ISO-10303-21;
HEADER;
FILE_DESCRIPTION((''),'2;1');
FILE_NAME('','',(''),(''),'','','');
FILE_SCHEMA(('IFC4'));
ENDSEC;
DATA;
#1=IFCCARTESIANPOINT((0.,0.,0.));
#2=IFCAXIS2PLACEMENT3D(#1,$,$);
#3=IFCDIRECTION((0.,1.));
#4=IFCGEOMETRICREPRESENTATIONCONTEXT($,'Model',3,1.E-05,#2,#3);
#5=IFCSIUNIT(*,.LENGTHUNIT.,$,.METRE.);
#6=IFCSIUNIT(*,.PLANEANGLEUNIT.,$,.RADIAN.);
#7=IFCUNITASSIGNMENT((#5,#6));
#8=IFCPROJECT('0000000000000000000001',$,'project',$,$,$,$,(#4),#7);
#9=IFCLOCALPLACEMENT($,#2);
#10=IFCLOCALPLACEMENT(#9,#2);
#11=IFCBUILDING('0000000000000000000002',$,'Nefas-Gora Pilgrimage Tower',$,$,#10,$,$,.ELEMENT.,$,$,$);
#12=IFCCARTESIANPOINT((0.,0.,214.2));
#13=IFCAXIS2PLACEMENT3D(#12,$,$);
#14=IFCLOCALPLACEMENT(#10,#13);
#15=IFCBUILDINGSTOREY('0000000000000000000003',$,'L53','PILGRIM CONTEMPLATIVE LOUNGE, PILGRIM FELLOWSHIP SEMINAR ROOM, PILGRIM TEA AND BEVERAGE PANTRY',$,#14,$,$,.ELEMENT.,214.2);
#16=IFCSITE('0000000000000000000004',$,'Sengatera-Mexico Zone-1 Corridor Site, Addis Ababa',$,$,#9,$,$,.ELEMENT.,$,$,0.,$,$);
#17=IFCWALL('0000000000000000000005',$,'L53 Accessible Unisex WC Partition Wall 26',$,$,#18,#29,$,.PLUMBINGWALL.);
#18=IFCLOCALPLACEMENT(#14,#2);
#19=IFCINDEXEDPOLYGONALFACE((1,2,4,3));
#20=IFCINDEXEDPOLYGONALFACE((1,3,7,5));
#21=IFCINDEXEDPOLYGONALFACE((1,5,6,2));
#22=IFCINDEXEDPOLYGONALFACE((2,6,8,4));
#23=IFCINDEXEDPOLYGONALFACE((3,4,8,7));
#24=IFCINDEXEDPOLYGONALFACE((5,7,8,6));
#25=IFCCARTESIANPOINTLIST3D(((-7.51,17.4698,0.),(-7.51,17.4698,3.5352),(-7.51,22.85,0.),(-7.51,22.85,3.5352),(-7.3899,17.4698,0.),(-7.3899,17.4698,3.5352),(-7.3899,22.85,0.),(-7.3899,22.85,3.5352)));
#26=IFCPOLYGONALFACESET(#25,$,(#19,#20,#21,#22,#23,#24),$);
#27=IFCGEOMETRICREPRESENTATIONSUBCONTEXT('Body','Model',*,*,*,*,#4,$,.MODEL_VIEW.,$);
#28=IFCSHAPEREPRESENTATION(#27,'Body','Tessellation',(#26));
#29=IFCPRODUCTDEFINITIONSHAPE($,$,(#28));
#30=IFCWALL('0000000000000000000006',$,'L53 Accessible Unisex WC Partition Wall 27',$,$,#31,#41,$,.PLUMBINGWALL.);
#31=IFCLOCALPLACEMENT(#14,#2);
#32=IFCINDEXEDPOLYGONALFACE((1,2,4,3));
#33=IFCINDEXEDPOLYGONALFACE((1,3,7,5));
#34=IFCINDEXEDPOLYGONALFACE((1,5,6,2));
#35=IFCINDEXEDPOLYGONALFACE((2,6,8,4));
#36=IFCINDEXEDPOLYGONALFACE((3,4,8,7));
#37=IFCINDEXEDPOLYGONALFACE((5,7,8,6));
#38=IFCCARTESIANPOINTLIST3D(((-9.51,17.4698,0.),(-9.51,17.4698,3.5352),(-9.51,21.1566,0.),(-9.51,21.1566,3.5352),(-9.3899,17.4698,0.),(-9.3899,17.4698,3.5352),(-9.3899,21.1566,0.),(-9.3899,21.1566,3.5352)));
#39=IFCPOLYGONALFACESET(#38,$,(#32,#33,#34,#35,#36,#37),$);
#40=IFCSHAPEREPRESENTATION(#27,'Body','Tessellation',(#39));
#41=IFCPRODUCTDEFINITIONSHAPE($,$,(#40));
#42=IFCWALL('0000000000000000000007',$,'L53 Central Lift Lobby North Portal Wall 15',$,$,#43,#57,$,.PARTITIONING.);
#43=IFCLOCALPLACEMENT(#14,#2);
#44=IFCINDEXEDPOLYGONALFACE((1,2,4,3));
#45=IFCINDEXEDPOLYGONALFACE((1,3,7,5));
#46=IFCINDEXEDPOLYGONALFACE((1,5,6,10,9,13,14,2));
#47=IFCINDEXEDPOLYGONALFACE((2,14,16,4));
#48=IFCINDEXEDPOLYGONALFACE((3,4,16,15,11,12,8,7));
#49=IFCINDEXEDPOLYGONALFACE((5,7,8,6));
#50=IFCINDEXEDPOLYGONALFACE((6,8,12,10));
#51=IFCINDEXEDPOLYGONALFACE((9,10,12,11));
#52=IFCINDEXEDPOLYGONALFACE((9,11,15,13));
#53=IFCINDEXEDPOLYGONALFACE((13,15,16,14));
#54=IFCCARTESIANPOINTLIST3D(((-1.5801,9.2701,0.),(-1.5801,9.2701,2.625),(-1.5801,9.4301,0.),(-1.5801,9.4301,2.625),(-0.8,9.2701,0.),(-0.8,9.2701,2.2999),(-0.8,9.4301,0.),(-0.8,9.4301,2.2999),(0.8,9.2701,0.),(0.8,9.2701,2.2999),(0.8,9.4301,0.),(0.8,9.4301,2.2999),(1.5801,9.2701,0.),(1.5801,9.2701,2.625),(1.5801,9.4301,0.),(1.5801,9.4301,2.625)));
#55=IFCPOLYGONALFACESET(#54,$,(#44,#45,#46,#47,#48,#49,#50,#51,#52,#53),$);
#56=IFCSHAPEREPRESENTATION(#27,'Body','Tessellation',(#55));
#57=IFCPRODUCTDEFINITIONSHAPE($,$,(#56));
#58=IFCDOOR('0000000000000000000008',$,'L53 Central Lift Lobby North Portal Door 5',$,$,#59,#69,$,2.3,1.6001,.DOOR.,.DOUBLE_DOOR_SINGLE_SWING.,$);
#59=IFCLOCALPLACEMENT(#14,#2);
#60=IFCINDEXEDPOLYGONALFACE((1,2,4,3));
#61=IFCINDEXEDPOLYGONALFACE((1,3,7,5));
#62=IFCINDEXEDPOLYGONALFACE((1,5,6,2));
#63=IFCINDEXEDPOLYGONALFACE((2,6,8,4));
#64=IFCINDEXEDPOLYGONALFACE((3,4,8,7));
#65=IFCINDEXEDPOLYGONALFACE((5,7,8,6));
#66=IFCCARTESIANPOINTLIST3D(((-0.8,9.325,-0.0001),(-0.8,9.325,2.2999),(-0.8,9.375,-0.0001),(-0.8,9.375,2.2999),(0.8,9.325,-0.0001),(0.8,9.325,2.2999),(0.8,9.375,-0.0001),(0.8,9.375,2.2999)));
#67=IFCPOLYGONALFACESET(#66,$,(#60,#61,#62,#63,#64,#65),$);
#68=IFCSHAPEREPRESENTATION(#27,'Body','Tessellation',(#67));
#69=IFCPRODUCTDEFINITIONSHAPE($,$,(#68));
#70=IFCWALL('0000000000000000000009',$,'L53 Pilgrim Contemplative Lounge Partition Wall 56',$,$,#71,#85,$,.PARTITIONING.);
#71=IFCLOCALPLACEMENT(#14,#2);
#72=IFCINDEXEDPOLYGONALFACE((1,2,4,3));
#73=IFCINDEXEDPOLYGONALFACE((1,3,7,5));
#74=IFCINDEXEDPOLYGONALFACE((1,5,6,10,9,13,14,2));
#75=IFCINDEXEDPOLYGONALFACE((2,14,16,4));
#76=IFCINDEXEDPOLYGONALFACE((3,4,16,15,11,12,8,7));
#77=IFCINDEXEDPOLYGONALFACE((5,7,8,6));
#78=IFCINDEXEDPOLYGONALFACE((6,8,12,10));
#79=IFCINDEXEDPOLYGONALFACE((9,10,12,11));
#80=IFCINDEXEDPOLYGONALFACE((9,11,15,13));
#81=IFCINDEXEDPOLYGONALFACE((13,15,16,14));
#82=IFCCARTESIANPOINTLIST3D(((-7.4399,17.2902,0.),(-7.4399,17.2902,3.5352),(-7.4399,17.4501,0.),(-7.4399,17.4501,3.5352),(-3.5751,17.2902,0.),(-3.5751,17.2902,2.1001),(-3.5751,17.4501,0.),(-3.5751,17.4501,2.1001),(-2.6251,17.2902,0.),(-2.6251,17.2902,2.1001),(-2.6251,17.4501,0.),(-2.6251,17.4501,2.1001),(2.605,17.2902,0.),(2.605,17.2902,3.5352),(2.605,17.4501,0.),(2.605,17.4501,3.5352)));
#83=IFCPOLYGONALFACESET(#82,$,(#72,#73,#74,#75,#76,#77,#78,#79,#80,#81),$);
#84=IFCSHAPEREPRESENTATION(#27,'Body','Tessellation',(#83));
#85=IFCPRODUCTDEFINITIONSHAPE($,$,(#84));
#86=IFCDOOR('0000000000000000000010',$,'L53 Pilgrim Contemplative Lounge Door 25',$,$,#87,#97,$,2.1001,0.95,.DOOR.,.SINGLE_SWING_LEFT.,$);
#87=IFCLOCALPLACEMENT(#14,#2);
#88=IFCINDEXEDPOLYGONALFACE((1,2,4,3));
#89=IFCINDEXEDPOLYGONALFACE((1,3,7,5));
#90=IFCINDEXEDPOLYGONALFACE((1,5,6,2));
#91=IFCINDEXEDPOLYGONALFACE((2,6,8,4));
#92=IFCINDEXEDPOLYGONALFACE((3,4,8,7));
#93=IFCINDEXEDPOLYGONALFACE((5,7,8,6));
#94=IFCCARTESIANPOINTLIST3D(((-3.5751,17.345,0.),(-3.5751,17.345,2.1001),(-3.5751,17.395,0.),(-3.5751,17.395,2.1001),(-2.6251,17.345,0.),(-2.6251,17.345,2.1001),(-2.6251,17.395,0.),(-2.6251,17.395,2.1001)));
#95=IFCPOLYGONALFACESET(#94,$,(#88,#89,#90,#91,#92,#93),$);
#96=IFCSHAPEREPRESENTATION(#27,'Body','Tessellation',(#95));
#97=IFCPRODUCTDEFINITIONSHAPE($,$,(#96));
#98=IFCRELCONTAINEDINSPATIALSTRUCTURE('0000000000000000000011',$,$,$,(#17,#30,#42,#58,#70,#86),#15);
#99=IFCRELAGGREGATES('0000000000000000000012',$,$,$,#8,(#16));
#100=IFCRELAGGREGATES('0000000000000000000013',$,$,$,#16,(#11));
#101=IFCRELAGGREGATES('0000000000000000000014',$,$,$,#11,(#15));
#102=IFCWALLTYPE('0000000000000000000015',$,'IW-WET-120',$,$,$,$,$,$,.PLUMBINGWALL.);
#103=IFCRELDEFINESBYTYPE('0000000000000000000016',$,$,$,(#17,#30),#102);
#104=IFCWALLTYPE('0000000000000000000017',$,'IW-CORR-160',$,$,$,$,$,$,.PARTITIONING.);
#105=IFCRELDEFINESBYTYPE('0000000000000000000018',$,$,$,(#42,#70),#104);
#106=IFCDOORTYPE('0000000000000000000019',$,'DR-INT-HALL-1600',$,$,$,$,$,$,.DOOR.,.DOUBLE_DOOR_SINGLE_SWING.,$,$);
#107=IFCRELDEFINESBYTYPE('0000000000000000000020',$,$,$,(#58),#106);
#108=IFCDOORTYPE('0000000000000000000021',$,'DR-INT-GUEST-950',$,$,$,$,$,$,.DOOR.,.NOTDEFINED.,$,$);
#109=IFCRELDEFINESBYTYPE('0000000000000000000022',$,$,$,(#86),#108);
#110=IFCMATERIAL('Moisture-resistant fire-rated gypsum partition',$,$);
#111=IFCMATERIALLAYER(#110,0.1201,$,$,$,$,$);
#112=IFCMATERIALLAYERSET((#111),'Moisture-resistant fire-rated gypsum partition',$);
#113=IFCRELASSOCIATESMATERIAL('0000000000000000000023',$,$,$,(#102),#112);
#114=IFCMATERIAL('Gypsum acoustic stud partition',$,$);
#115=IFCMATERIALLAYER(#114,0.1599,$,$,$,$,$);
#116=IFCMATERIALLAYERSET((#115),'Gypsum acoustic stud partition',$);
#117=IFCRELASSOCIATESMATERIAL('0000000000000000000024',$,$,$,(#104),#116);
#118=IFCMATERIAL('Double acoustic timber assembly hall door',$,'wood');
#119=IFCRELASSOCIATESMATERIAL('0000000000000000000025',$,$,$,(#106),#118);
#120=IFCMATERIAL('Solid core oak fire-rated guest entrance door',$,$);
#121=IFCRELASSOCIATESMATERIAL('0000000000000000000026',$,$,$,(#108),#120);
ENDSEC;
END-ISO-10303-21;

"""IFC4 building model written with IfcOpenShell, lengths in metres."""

from ifc_helpers import new_model, si_unit, direction, frame, frame_2d, origin, place, context, subcontext, project, spatial, rectangle, extrude, source, transform, mapped, material, layer, layer_set, type_object, element, fill, save


model = new_model("IFC4")

# Units and contexts
model_context = context("Model", 3, precision=1e-05, world=origin(), true_north=direction((0.0, 1.0)))
body_context = subcontext(model_context, "Body", "Model", "MODEL_VIEW")
ifc_project = project(units=[si_unit("LENGTHUNIT", "METRE"), si_unit("PLANEANGLEUNIT", "RADIAN")], contexts=[model_context])

# Site, building, storey
site_placement = place(None, origin())
site = spatial("IfcSite", under=ifc_project, at=site_placement, Name="Sengatera-Mexico Zone-1 Corridor Site, Addis Ababa", CompositionType="ELEMENT", RefElevation=0.0)
building_placement = place(site_placement, origin())
building = spatial("IfcBuilding", under=site, at=building_placement, Name="Nefas-Gora Pilgrimage Tower", CompositionType="ELEMENT")
storey_placement = place(building_placement, frame((0.0, 0.0, 214.2)))
storey = spatial("IfcBuildingStorey", under=building, at=storey_placement, Name="L53", Description="PILGRIM CONTEMPLATIVE LOUNGE, PILGRIM FELLOWSHIP SEMINAR ROOM, PILGRIM TEA AND BEVERAGE PANTRY", CompositionType="ELEMENT", Elevation=214.2)

# Shared definitions
ifc_material_1 = material(Name="Moisture-resistant fire-rated gypsum partition")
ifc_layer_1 = layer(ifc_material_1, 0.1201)
ifc_layer_set_1 = layer_set([ifc_layer_1], Name="Moisture-resistant fire-rated gypsum partition")
wall_type_1 = type_object("IfcWallType", Name="IW-WET-120", PredefinedType="PLUMBINGWALL", material=ifc_layer_set_1)

# Walls
shared_shape_1 = source(origin(), body_context, "Body", "SweptSolid", [
    extrude(rectangle(XDim=5.3801, YDim=0.1201, at=frame_2d((2.6899, 0.0))), origin(), (0.0, 0.0, 1.0), 3.5352),
])
wall_1_placement = place(storey_placement, frame((-7.45, 17.47, 0.0), z_axis=(0.0, 0.0, 1.0), x_axis=(0.0, 1.0, 0.0)))
element("IfcWall", 1, at=wall_1_placement, inside=storey, type_object=wall_type_1, Name="L53 Accessible Unisex WC Partition Wall 26", PredefinedType="PLUMBINGWALL", context=body_context, shape_type="MappedRepresentation", body=[
    mapped(shared_shape_1, transform((0.0, 0.0, 0.0), x_axis=(1.0, 0.0, 0.0), y_axis=(0.0, 1.0, 0.0), z_axis=(0.0, 0.0, 1.0), scale=1.0)),
])
shared_shape_2 = source(origin(), body_context, "Body", "SweptSolid", [
    extrude(rectangle(XDim=3.6868, YDim=0.1201, at=frame_2d((1.8433, 0.0))), origin(), (0.0, 0.0, 1.0), 3.5352),
])
wall_2_placement = place(storey_placement, frame((-9.45, 17.47, 0.0), z_axis=(0.0, 0.0, 1.0), x_axis=(0.0, 1.0, 0.0)))
element("IfcWall", 2, at=wall_2_placement, inside=storey, type_object=wall_type_1, Name="L53 Accessible Unisex WC Partition Wall 27", PredefinedType="PLUMBINGWALL", context=body_context, shape_type="MappedRepresentation", body=[
    mapped(shared_shape_2, transform((0.0, 0.0, 0.0), x_axis=(1.0, 0.0, 0.0), y_axis=(0.0, 1.0, 0.0), z_axis=(0.0, 0.0, 1.0), scale=1.0)),
])

# Walls, openings, doors
ifc_material_2 = material(Name="Gypsum acoustic stud partition")
ifc_layer_2 = layer(ifc_material_2, 0.1599)
ifc_layer_set_2 = layer_set([ifc_layer_2], Name="Gypsum acoustic stud partition")
wall_type_2 = type_object("IfcWallType", Name="IW-CORR-160", PredefinedType="PARTITIONING", material=ifc_layer_set_2)
shared_shape_3 = source(origin(), body_context, "Body", "SweptSolid", [
    extrude(rectangle(XDim=3.1602, YDim=0.1599, at=frame_2d((1.5801, 0.0))), origin(), (0.0, 0.0, 1.0), 2.625),
])
wall_3_placement = place(storey_placement, frame((-1.5801, 9.3501, 0.0), z_axis=(0.0, 0.0, 1.0), x_axis=(1.0, 0.0, 0.0)))
wall_3 = element("IfcWall", 3, at=wall_3_placement, inside=storey, type_object=wall_type_2, Name="L53 Central Lift Lobby North Portal Wall 15", PredefinedType="PARTITIONING", context=body_context, shape_type="MappedRepresentation", body=[
    mapped(shared_shape_3, transform((0.0, 0.0, 0.0), x_axis=(1.0, 0.0, 0.0), y_axis=(0.0, 1.0, 0.0), z_axis=(0.0, 0.0, 1.0), scale=1.0)),
])
opening_1_placement = place(wall_3_placement, frame((0.78, 0.0, 0.0)))
opening_1 = element("IfcOpeningElement", 4, at=opening_1_placement, cuts=wall_3, PredefinedType="OPENING", context=body_context, shape_type="SweptSolid", body=[
    extrude(rectangle(XDim=1.6001, YDim=2.3, at=frame_2d((0.8, 1.1499))), frame((0.0, 0.0898, 0.0), z_axis=(0.0, -1.0, 0.0), x_axis=(1.0, 0.0, 0.0)), (0.0, 0.0, 1.0), 0.1799),
])
ifc_material_3 = material(Name="Double acoustic timber assembly hall door", Category="wood")
door_type_1 = type_object("IfcDoorType", Name="DR-INT-HALL-1600", OperationType="DOUBLE_DOOR_SINGLE_SWING", PredefinedType="DOOR", material=ifc_material_3)
shared_shape_4 = source(origin(), body_context, "Body", "SweptSolid", [
    extrude(rectangle(XDim=1.6001, YDim=2.3, at=frame_2d((0.8, 1.1499))), frame((0.0, 0.0249, 0.0), z_axis=(0.0, -1.0, 0.0), x_axis=(1.0, 0.0, 0.0)), (0.0, 0.0, 1.0), 0.05),
])
door_1_placement = place(opening_1_placement, origin())
door_1 = element("IfcDoor", 5, at=door_1_placement, inside=storey, type_object=door_type_1, Name="L53 Central Lift Lobby North Portal Door 5", OperationType="DOUBLE_DOOR_SINGLE_SWING", OverallHeight=2.3, OverallWidth=1.6001, PredefinedType="DOOR", context=body_context, shape_type="MappedRepresentation", body=[
    mapped(shared_shape_4, transform((0.0, 0.0, 0.0), x_axis=(1.0, 0.0, 0.0), y_axis=(0.0, 1.0, 0.0), z_axis=(0.0, 0.0, 1.0), scale=1.0)),
])
fill(opening_1, door_1)
shared_shape_5 = source(origin(), body_context, "Body", "SweptSolid", [
    extrude(rectangle(XDim=10.0449, YDim=0.1599, at=frame_2d((5.0225, 0.0))), origin(), (0.0, 0.0, 1.0), 3.5352),
])
wall_4_placement = place(storey_placement, frame((-7.4399, 17.3701, 0.0), z_axis=(0.0, 0.0, 1.0), x_axis=(1.0, 0.0, 0.0)))
wall_4 = element("IfcWall", 6, at=wall_4_placement, inside=storey, type_object=wall_type_2, Name="L53 Pilgrim Contemplative Lounge Partition Wall 56", PredefinedType="PARTITIONING", context=body_context, shape_type="MappedRepresentation", body=[
    mapped(shared_shape_5, transform((0.0, 0.0, 0.0), x_axis=(1.0, 0.0, 0.0), y_axis=(0.0, 1.0, 0.0), z_axis=(0.0, 0.0, 1.0), scale=1.0)),
])
opening_2_placement = place(wall_4_placement, frame((3.8647, 0.0, 0.0)))
opening_2 = element("IfcOpeningElement", 7, at=opening_2_placement, cuts=wall_4, PredefinedType="OPENING", context=body_context, shape_type="SweptSolid", body=[
    extrude(rectangle(XDim=0.95, YDim=2.1001, at=frame_2d((0.4751, 1.05))), frame((0.0, 0.0898, 0.0), z_axis=(0.0, -1.0, 0.0), x_axis=(1.0, 0.0, 0.0)), (0.0, 0.0, 1.0), 0.1799),
])
ifc_material_4 = material(Name="Solid core oak fire-rated guest entrance door")
door_type_2 = type_object("IfcDoorType", Name="DR-INT-GUEST-950", OperationType="NOTDEFINED", PredefinedType="DOOR", material=ifc_material_4)
shared_shape_6 = source(origin(), body_context, "Body", "SweptSolid", [
    extrude(rectangle(XDim=0.95, YDim=2.1001, at=frame_2d((0.4751, 1.05))), frame((0.0, 0.0249, 0.0), z_axis=(0.0, -1.0, 0.0), x_axis=(1.0, 0.0, 0.0)), (0.0, 0.0, 1.0), 0.05),
])
door_2_placement = place(opening_2_placement, origin())
door_2 = element("IfcDoor", 8, at=door_2_placement, inside=storey, type_object=door_type_2, Name="L53 Pilgrim Contemplative Lounge Door 25", OperationType="SINGLE_SWING_LEFT", OverallHeight=2.1001, OverallWidth=0.95, PredefinedType="DOOR", context=body_context, shape_type="MappedRepresentation", body=[
    mapped(shared_shape_6, transform((0.0, 0.0, 0.0), x_axis=(1.0, 0.0, 0.0), y_axis=(0.0, 1.0, 0.0), z_axis=(0.0, 0.0, 1.0), scale=1.0)),
])
fill(opening_2, door_2)

save(model, "model.ifc")
